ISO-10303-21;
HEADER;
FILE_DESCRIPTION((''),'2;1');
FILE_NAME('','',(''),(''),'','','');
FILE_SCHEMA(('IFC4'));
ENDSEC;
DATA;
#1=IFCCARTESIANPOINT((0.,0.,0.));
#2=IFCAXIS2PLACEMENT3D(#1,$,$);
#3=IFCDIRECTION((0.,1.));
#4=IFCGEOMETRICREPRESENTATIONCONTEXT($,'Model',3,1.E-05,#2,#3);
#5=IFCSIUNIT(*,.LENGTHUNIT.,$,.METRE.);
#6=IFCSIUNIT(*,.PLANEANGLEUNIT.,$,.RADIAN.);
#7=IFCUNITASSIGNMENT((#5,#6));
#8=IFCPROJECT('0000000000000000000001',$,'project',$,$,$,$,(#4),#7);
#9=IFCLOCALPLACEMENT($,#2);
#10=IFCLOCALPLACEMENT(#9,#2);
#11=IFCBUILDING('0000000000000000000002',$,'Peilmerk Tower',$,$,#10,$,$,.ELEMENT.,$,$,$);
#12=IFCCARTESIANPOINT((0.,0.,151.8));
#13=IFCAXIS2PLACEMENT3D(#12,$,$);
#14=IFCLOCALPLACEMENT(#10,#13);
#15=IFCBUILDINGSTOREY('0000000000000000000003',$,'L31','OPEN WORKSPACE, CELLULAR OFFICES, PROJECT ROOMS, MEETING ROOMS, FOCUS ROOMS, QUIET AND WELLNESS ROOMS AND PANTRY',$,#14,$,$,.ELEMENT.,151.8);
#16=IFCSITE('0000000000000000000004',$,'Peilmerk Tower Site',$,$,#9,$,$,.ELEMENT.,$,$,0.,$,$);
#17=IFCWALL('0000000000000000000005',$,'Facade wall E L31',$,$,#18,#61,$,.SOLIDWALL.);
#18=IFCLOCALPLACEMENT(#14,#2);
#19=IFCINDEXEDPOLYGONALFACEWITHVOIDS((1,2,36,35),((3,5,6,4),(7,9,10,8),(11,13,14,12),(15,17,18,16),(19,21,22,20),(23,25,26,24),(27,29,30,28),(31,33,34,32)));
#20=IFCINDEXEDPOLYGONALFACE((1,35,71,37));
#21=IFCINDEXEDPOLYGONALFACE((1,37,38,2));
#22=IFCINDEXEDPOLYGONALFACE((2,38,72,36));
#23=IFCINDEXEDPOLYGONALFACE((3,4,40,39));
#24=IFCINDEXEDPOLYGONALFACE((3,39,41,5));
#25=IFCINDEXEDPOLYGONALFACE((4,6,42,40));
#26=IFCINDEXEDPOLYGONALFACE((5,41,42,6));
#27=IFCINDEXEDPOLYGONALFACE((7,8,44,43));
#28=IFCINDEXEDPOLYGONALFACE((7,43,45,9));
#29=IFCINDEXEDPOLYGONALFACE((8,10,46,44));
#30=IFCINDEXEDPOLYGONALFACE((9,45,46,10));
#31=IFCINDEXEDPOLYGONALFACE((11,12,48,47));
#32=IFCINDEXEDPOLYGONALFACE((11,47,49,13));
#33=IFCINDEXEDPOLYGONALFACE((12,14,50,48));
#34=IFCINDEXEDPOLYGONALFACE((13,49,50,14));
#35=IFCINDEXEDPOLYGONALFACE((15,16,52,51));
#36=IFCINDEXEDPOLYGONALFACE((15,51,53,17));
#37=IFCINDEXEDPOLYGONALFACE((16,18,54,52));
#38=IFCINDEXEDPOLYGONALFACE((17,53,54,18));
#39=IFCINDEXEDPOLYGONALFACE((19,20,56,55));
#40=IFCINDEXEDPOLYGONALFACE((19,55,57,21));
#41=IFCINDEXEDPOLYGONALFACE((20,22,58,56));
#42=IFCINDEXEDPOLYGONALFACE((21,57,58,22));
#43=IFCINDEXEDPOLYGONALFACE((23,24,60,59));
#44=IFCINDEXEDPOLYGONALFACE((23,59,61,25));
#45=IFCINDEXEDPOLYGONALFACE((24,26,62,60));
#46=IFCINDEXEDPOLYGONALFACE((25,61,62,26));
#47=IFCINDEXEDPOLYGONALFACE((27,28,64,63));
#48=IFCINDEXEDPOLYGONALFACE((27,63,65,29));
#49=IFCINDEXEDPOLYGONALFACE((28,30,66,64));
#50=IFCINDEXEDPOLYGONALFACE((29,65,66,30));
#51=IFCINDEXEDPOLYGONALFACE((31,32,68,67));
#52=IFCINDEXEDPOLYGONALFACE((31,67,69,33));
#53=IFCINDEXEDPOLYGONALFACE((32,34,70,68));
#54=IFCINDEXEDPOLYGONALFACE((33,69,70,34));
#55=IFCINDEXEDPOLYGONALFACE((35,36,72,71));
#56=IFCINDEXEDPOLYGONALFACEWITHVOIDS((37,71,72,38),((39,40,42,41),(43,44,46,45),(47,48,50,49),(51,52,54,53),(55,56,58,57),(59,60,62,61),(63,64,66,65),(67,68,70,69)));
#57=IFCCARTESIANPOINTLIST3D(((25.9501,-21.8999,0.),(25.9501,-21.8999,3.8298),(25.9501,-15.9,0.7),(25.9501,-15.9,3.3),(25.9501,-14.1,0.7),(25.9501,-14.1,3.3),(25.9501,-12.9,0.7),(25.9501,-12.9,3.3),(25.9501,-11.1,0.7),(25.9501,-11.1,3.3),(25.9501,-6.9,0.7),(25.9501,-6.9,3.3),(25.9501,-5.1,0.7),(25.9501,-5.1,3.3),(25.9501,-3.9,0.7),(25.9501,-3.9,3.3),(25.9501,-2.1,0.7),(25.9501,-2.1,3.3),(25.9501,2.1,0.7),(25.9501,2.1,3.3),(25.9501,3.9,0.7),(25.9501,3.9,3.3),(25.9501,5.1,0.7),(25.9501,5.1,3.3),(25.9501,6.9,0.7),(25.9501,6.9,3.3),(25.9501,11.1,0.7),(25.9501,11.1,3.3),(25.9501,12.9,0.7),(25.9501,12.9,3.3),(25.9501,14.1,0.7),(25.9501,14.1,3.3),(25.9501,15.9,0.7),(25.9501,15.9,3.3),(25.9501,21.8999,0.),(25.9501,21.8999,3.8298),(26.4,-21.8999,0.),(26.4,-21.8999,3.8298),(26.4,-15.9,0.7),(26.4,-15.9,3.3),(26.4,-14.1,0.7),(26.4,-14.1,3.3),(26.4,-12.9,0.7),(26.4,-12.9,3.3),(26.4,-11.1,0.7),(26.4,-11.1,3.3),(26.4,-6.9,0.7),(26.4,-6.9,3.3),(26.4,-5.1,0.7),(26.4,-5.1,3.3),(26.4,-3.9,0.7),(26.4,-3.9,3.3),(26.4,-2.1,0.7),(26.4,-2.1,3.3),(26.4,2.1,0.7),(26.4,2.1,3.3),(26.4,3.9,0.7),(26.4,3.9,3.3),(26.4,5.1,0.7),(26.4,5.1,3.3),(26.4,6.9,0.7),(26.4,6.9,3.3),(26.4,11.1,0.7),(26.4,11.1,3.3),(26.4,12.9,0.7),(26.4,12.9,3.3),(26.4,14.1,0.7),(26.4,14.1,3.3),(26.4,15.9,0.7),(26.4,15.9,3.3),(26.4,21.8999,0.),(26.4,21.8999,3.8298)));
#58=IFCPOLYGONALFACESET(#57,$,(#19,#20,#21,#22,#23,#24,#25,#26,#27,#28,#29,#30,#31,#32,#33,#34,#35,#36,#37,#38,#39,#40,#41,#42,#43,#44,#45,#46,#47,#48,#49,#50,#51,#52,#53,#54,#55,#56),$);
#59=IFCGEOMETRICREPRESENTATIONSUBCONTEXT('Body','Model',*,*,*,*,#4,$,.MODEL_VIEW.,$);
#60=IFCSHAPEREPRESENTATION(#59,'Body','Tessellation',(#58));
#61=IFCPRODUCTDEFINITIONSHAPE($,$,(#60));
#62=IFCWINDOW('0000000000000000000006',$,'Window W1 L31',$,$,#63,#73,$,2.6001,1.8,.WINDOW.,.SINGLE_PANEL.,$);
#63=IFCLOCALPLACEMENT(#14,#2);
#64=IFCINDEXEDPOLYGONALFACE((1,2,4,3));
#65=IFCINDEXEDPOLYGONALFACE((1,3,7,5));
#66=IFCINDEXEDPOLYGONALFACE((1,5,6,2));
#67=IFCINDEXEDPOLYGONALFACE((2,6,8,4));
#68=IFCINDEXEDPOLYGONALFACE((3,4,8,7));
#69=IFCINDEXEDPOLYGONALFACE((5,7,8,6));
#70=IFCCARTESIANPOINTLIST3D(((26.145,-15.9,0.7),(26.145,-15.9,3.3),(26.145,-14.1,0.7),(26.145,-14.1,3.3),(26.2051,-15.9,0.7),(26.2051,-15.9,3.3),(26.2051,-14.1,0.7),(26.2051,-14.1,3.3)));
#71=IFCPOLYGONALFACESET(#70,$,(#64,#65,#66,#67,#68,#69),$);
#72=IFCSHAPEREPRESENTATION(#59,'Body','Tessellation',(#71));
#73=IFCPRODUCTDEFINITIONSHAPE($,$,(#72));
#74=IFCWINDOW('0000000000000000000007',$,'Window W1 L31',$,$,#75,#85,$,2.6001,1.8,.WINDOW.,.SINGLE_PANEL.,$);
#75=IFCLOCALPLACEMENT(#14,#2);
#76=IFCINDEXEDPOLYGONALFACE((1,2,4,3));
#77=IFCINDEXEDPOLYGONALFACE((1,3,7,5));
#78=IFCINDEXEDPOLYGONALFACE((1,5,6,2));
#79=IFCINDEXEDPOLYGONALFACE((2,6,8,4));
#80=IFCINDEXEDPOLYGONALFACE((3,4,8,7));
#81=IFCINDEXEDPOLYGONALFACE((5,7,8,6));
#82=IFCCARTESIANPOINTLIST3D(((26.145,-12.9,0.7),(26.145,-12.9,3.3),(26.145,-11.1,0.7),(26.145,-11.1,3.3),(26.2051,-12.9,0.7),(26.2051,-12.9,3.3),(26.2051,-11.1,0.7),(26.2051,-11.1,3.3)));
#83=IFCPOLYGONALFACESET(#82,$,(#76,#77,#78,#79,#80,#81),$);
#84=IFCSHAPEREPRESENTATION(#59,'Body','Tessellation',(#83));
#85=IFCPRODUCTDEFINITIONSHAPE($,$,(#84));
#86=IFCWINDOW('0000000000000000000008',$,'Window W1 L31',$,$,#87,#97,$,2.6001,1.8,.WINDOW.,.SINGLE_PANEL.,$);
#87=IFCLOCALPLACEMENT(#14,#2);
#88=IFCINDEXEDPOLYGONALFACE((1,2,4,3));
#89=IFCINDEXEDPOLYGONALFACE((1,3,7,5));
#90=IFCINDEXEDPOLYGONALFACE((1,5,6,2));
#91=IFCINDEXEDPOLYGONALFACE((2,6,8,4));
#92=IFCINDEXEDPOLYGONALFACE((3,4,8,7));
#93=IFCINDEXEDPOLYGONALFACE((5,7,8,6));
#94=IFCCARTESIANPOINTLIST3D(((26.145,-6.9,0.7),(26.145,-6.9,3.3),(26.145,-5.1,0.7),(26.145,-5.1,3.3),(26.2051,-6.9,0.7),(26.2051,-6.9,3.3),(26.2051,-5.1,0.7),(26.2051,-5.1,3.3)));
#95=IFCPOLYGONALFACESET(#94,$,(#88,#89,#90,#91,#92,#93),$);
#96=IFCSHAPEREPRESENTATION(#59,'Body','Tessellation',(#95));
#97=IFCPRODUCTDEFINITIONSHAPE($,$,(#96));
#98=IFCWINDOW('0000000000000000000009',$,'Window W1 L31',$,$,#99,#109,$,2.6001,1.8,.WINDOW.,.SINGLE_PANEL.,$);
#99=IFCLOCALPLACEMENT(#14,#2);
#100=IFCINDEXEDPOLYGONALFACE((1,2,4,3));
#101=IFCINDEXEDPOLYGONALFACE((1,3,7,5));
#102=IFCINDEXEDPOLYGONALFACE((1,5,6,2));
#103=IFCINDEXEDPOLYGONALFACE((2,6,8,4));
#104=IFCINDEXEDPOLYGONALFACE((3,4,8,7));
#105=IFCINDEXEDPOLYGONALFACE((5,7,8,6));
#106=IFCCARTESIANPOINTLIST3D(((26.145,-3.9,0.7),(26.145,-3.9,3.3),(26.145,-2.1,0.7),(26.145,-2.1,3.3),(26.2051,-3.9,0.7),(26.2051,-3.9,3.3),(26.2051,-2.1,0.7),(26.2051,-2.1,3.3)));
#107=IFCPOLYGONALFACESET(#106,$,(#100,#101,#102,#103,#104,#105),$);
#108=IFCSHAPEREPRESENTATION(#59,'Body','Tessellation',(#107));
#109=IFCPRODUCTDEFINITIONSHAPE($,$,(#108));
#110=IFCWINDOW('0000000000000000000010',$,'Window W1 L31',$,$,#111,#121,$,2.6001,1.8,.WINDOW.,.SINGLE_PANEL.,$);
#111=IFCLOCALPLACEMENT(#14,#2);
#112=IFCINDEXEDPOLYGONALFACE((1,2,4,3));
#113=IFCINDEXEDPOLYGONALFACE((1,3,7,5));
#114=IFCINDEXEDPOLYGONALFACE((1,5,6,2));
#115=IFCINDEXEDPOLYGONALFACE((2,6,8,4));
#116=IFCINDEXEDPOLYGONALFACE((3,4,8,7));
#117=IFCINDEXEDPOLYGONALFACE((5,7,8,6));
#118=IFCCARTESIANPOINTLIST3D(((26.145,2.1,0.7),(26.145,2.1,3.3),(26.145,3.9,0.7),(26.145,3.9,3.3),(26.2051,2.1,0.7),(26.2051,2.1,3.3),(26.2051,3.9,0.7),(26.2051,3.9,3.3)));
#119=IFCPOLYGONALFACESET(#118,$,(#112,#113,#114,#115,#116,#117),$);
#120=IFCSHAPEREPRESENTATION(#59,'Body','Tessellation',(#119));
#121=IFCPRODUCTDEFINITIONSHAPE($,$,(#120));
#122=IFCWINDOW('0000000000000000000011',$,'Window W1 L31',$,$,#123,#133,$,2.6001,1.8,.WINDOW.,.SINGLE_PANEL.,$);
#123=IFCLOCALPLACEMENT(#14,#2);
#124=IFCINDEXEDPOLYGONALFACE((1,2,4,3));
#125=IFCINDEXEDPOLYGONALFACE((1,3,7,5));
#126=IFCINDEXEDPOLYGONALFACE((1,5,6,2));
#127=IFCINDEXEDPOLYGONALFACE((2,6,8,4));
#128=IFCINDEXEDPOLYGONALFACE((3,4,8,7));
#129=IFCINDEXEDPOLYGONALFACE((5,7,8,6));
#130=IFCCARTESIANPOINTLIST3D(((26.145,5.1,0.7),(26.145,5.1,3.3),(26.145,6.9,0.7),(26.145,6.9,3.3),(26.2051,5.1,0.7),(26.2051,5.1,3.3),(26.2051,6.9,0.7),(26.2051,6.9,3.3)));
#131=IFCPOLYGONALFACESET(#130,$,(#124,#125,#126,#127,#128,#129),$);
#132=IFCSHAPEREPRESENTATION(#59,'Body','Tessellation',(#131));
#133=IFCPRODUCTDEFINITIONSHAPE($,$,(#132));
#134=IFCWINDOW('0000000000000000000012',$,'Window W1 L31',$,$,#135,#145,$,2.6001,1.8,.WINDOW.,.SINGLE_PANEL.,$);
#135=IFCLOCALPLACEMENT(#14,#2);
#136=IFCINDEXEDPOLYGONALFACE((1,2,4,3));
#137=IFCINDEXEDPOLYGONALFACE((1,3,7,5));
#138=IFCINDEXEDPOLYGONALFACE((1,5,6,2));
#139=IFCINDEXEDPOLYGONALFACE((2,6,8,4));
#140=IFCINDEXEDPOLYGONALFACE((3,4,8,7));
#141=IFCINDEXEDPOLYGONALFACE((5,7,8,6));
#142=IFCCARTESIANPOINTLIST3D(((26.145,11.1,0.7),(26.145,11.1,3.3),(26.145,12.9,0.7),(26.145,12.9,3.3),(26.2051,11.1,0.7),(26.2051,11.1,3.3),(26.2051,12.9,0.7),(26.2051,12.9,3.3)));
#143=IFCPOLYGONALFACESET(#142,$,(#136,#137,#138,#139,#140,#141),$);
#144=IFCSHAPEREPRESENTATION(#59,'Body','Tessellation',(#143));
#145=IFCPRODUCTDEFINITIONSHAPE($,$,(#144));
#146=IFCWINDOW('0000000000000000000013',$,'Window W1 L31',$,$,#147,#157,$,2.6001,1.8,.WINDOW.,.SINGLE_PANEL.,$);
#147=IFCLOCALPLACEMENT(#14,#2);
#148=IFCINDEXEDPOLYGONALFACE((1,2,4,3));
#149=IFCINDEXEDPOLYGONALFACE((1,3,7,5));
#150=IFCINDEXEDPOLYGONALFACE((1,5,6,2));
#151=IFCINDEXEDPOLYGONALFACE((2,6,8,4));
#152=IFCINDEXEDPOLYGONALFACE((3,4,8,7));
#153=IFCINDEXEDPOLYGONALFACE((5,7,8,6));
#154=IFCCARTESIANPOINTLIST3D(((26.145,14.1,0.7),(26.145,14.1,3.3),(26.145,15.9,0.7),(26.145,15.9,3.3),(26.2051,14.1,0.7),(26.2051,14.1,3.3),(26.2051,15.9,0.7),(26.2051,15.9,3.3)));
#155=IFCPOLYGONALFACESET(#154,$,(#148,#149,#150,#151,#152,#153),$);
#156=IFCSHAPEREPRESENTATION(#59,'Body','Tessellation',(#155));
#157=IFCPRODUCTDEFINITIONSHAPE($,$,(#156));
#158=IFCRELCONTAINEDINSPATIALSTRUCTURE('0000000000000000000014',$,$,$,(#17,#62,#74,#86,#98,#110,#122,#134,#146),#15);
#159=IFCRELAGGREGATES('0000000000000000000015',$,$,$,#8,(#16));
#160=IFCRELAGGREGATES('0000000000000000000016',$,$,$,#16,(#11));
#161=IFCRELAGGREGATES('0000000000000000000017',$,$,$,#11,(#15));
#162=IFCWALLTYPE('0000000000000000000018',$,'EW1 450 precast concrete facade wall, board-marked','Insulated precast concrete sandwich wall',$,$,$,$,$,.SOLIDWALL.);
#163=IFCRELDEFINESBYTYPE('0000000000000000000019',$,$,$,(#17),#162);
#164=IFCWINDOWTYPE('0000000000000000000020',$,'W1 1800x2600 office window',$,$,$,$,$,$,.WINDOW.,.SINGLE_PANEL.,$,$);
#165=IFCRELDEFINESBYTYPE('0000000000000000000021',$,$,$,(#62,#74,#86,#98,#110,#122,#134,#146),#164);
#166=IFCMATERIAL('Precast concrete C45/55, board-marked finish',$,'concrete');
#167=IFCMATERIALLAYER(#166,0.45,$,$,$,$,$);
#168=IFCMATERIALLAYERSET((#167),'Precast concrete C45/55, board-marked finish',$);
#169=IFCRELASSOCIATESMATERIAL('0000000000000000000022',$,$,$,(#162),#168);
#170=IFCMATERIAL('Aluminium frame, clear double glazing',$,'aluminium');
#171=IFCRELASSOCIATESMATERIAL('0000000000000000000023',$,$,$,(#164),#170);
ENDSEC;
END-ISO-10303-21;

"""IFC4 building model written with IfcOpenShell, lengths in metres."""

from ifc_helpers import new_model, si_unit, direction, frame, frame_2d, origin, place, context, subcontext, project, spatial, rectangle, extrude, material, layer, layer_set, type_object, element, fill, save


model = new_model("IFC4")

# Units and contexts
model_context = context("Model", 3, precision=1e-05, world=origin(), true_north=direction((0.0, 1.0)))
body_context = subcontext(model_context, "Body", "Model", "MODEL_VIEW")
ifc_project = project(units=[si_unit("LENGTHUNIT", "METRE"), si_unit("PLANEANGLEUNIT", "RADIAN")], contexts=[model_context])

# Site, building, storey
site_placement = place(None, origin())
site = spatial("IfcSite", under=ifc_project, at=site_placement, Name="Peilmerk Tower Site", CompositionType="ELEMENT", RefElevation=0.0)
building_placement = place(site_placement, origin())
building = spatial("IfcBuilding", under=site, at=building_placement, Name="Peilmerk Tower", CompositionType="ELEMENT")
storey_placement = place(building_placement, frame((0.0, 0.0, 151.8)))
storey = spatial("IfcBuildingStorey", under=building, at=storey_placement, Name="L31", Description="OPEN WORKSPACE, CELLULAR OFFICES, PROJECT ROOMS, MEETING ROOMS, FOCUS ROOMS, QUIET AND WELLNESS ROOMS AND PANTRY", CompositionType="ELEMENT", Elevation=151.8)

# Wall, openings, windows
ifc_material_1 = material(Name="Precast concrete C45/55, board-marked finish", Category="concrete")
ifc_layer_1 = layer(ifc_material_1, 0.45)
ifc_layer_set_1 = layer_set([ifc_layer_1], Name="Precast concrete C45/55, board-marked finish")
wall_type = type_object("IfcWallType", Name="EW1 450 precast concrete facade wall, board-marked", Description="Insulated precast concrete sandwich wall", PredefinedType="SOLIDWALL", material=ifc_layer_set_1)
wall_1_placement = place(storey_placement, frame((26.175, -21.8999, 0.0), z_axis=(0.0, 0.0, 1.0), x_axis=(0.0, 1.0, 0.0)))
wall_1 = element("IfcWall", 1, at=wall_1_placement, inside=storey, type_object=wall_type, Name="Facade wall E L31", PredefinedType="SOLIDWALL", context=body_context, shape_type="SweptSolid", body=[
    extrude(rectangle(XDim=43.7998, YDim=0.45, at=frame_2d((21.8999, 0.0))), origin(), (0.0, 0.0, 1.0), 3.8298),
])
opening_1_placement = place(wall_1_placement, frame((6.0, 0.0, 0.7)))
opening_1 = element("IfcOpeningElement", 2, at=opening_1_placement, cuts=wall_1, PredefinedType="OPENING", context=body_context, shape_type="SweptSolid", body=[
    extrude(rectangle(XDim=1.8, YDim=2.6001, at=frame_2d((0.8999, 1.3))), frame((0.0, 0.2349, 0.0), z_axis=(0.0, -1.0, 0.0), x_axis=(1.0, 0.0, 0.0)), (0.0, 0.0, 1.0), 0.47),
])
opening_2_placement = place(wall_1_placement, frame((9.0, 0.0, 0.7)))
opening_2 = element("IfcOpeningElement", 3, at=opening_2_placement, cuts=wall_1, PredefinedType="OPENING", context=body_context, shape_type="SweptSolid", body=[
    extrude(rectangle(XDim=1.8, YDim=2.6001, at=frame_2d((0.8999, 1.3))), frame((0.0, 0.2349, 0.0), z_axis=(0.0, -1.0, 0.0), x_axis=(1.0, 0.0, 0.0)), (0.0, 0.0, 1.0), 0.47),
])
opening_3_placement = place(wall_1_placement, frame((15.0, 0.0, 0.7)))
opening_3 = element("IfcOpeningElement", 4, at=opening_3_placement, cuts=wall_1, PredefinedType="OPENING", context=body_context, shape_type="SweptSolid", body=[
    extrude(rectangle(XDim=1.8, YDim=2.6001, at=frame_2d((0.8999, 1.3))), frame((0.0, 0.2349, 0.0), z_axis=(0.0, -1.0, 0.0), x_axis=(1.0, 0.0, 0.0)), (0.0, 0.0, 1.0), 0.47),
])
opening_4_placement = place(wall_1_placement, frame((18.0, 0.0, 0.7)))
opening_4 = element("IfcOpeningElement", 5, at=opening_4_placement, cuts=wall_1, PredefinedType="OPENING", context=body_context, shape_type="SweptSolid", body=[
    extrude(rectangle(XDim=1.8, YDim=2.6001, at=frame_2d((0.8999, 1.3))), frame((0.0, 0.2349, 0.0), z_axis=(0.0, -1.0, 0.0), x_axis=(1.0, 0.0, 0.0)), (0.0, 0.0, 1.0), 0.47),
])
opening_5_placement = place(wall_1_placement, frame((24.0, 0.0, 0.7)))
opening_5 = element("IfcOpeningElement", 6, at=opening_5_placement, cuts=wall_1, PredefinedType="OPENING", context=body_context, shape_type="SweptSolid", body=[
    extrude(rectangle(XDim=1.8, YDim=2.6001, at=frame_2d((0.8999, 1.3))), frame((0.0, 0.2349, 0.0), z_axis=(0.0, -1.0, 0.0), x_axis=(1.0, 0.0, 0.0)), (0.0, 0.0, 1.0), 0.47),
])
opening_6_placement = place(wall_1_placement, frame((27.0, 0.0, 0.7)))
opening_6 = element("IfcOpeningElement", 7, at=opening_6_placement, cuts=wall_1, PredefinedType="OPENING", context=body_context, shape_type="SweptSolid", body=[
    extrude(rectangle(XDim=1.8, YDim=2.6001, at=frame_2d((0.8999, 1.3))), frame((0.0, 0.2349, 0.0), z_axis=(0.0, -1.0, 0.0), x_axis=(1.0, 0.0, 0.0)), (0.0, 0.0, 1.0), 0.47),
])
opening_7_placement = place(wall_1_placement, frame((33.0, 0.0, 0.7)))
opening_7 = element("IfcOpeningElement", 8, at=opening_7_placement, cuts=wall_1, PredefinedType="OPENING", context=body_context, shape_type="SweptSolid", body=[
    extrude(rectangle(XDim=1.8, YDim=2.6001, at=frame_2d((0.8999, 1.3))), frame((0.0, 0.2349, 0.0), z_axis=(0.0, -1.0, 0.0), x_axis=(1.0, 0.0, 0.0)), (0.0, 0.0, 1.0), 0.47),
])
opening_8_placement = place(wall_1_placement, frame((36.0, 0.0, 0.7)))
opening_8 = element("IfcOpeningElement", 9, at=opening_8_placement, cuts=wall_1, PredefinedType="OPENING", context=body_context, shape_type="SweptSolid", body=[
    extrude(rectangle(XDim=1.8, YDim=2.6001, at=frame_2d((0.8999, 1.3))), frame((0.0, 0.2349, 0.0), z_axis=(0.0, -1.0, 0.0), x_axis=(1.0, 0.0, 0.0)), (0.0, 0.0, 1.0), 0.47),
])
ifc_material_2 = material(Name="Aluminium frame, clear double glazing", Category="aluminium")
window_type = type_object("IfcWindowType", Name="W1 1800x2600 office window", PartitioningType="SINGLE_PANEL", PredefinedType="WINDOW", material=ifc_material_2)
window_1_placement = place(opening_1_placement, origin())
window_1 = element("IfcWindow", 10, at=window_1_placement, inside=storey, type_object=window_type, Name="Window W1 L31", OverallHeight=2.6001, OverallWidth=1.8, PartitioningType="SINGLE_PANEL", PredefinedType="WINDOW", context=body_context, shape_type="SweptSolid", body=[
    extrude(rectangle(XDim=1.8, YDim=2.6001, at=frame_2d((0.8999, 1.3))), frame((0.0, 0.03, 0.0), z_axis=(0.0, -1.0, 0.0), x_axis=(1.0, 0.0, 0.0)), (0.0, 0.0, 1.0), 0.0601),
])
fill(opening_1, window_1)
window_2_placement = place(opening_2_placement, origin())
window_2 = element("IfcWindow", 11, at=window_2_placement, inside=storey, type_object=window_type, Name="Window W1 L31", OverallHeight=2.6001, OverallWidth=1.8, PartitioningType="SINGLE_PANEL", PredefinedType="WINDOW", context=body_context, shape_type="SweptSolid", body=[
    extrude(rectangle(XDim=1.8, YDim=2.6001, at=frame_2d((0.8999, 1.3))), frame((0.0, 0.03, 0.0), z_axis=(0.0, -1.0, 0.0), x_axis=(1.0, 0.0, 0.0)), (0.0, 0.0, 1.0), 0.0601),
])
fill(opening_2, window_2)
window_3_placement = place(opening_3_placement, origin())
window_3 = element("IfcWindow", 12, at=window_3_placement, inside=storey, type_object=window_type, Name="Window W1 L31", OverallHeight=2.6001, OverallWidth=1.8, PartitioningType="SINGLE_PANEL", PredefinedType="WINDOW", context=body_context, shape_type="SweptSolid", body=[
    extrude(rectangle(XDim=1.8, YDim=2.6001, at=frame_2d((0.8999, 1.3))), frame((0.0, 0.03, 0.0), z_axis=(0.0, -1.0, 0.0), x_axis=(1.0, 0.0, 0.0)), (0.0, 0.0, 1.0), 0.0601),
])
fill(opening_3, window_3)
window_4_placement = place(opening_4_placement, origin())
window_4 = element("IfcWindow", 13, at=window_4_placement, inside=storey, type_object=window_type, Name="Window W1 L31", OverallHeight=2.6001, OverallWidth=1.8, PartitioningType="SINGLE_PANEL", PredefinedType="WINDOW", context=body_context, shape_type="SweptSolid", body=[
    extrude(rectangle(XDim=1.8, YDim=2.6001, at=frame_2d((0.8999, 1.3))), frame((0.0, 0.03, 0.0), z_axis=(0.0, -1.0, 0.0), x_axis=(1.0, 0.0, 0.0)), (0.0, 0.0, 1.0), 0.0601),
])
fill(opening_4, window_4)
window_5_placement = place(opening_5_placement, origin())
window_5 = element("IfcWindow", 14, at=window_5_placement, inside=storey, type_object=window_type, Name="Window W1 L31", OverallHeight=2.6001, OverallWidth=1.8, PartitioningType="SINGLE_PANEL", PredefinedType="WINDOW", context=body_context, shape_type="SweptSolid", body=[
    extrude(rectangle(XDim=1.8, YDim=2.6001, at=frame_2d((0.8999, 1.3))), frame((0.0, 0.03, 0.0), z_axis=(0.0, -1.0, 0.0), x_axis=(1.0, 0.0, 0.0)), (0.0, 0.0, 1.0), 0.0601),
])
fill(opening_5, window_5)
window_6_placement = place(opening_6_placement, origin())
window_6 = element("IfcWindow", 15, at=window_6_placement, inside=storey, type_object=window_type, Name="Window W1 L31", OverallHeight=2.6001, OverallWidth=1.8, PartitioningType="SINGLE_PANEL", PredefinedType="WINDOW", context=body_context, shape_type="SweptSolid", body=[
    extrude(rectangle(XDim=1.8, YDim=2.6001, at=frame_2d((0.8999, 1.3))), frame((0.0, 0.03, 0.0), z_axis=(0.0, -1.0, 0.0), x_axis=(1.0, 0.0, 0.0)), (0.0, 0.0, 1.0), 0.0601),
])
fill(opening_6, window_6)
window_7_placement = place(opening_7_placement, origin())
window_7 = element("IfcWindow", 16, at=window_7_placement, inside=storey, type_object=window_type, Name="Window W1 L31", OverallHeight=2.6001, OverallWidth=1.8, PartitioningType="SINGLE_PANEL", PredefinedType="WINDOW", context=body_context, shape_type="SweptSolid", body=[
    extrude(rectangle(XDim=1.8, YDim=2.6001, at=frame_2d((0.8999, 1.3))), frame((0.0, 0.03, 0.0), z_axis=(0.0, -1.0, 0.0), x_axis=(1.0, 0.0, 0.0)), (0.0, 0.0, 1.0), 0.0601),
])
fill(opening_7, window_7)
window_8_placement = place(opening_8_placement, origin())
window_8 = element("IfcWindow", 17, at=window_8_placement, inside=storey, type_object=window_type, Name="Window W1 L31", OverallHeight=2.6001, OverallWidth=1.8, PartitioningType="SINGLE_PANEL", PredefinedType="WINDOW", context=body_context, shape_type="SweptSolid", body=[
    extrude(rectangle(XDim=1.8, YDim=2.6001, at=frame_2d((0.8999, 1.3))), frame((0.0, 0.03, 0.0), z_axis=(0.0, -1.0, 0.0), x_axis=(1.0, 0.0, 0.0)), (0.0, 0.0, 1.0), 0.0601),
])
fill(opening_8, window_8)

save(model, "model.ifc")
